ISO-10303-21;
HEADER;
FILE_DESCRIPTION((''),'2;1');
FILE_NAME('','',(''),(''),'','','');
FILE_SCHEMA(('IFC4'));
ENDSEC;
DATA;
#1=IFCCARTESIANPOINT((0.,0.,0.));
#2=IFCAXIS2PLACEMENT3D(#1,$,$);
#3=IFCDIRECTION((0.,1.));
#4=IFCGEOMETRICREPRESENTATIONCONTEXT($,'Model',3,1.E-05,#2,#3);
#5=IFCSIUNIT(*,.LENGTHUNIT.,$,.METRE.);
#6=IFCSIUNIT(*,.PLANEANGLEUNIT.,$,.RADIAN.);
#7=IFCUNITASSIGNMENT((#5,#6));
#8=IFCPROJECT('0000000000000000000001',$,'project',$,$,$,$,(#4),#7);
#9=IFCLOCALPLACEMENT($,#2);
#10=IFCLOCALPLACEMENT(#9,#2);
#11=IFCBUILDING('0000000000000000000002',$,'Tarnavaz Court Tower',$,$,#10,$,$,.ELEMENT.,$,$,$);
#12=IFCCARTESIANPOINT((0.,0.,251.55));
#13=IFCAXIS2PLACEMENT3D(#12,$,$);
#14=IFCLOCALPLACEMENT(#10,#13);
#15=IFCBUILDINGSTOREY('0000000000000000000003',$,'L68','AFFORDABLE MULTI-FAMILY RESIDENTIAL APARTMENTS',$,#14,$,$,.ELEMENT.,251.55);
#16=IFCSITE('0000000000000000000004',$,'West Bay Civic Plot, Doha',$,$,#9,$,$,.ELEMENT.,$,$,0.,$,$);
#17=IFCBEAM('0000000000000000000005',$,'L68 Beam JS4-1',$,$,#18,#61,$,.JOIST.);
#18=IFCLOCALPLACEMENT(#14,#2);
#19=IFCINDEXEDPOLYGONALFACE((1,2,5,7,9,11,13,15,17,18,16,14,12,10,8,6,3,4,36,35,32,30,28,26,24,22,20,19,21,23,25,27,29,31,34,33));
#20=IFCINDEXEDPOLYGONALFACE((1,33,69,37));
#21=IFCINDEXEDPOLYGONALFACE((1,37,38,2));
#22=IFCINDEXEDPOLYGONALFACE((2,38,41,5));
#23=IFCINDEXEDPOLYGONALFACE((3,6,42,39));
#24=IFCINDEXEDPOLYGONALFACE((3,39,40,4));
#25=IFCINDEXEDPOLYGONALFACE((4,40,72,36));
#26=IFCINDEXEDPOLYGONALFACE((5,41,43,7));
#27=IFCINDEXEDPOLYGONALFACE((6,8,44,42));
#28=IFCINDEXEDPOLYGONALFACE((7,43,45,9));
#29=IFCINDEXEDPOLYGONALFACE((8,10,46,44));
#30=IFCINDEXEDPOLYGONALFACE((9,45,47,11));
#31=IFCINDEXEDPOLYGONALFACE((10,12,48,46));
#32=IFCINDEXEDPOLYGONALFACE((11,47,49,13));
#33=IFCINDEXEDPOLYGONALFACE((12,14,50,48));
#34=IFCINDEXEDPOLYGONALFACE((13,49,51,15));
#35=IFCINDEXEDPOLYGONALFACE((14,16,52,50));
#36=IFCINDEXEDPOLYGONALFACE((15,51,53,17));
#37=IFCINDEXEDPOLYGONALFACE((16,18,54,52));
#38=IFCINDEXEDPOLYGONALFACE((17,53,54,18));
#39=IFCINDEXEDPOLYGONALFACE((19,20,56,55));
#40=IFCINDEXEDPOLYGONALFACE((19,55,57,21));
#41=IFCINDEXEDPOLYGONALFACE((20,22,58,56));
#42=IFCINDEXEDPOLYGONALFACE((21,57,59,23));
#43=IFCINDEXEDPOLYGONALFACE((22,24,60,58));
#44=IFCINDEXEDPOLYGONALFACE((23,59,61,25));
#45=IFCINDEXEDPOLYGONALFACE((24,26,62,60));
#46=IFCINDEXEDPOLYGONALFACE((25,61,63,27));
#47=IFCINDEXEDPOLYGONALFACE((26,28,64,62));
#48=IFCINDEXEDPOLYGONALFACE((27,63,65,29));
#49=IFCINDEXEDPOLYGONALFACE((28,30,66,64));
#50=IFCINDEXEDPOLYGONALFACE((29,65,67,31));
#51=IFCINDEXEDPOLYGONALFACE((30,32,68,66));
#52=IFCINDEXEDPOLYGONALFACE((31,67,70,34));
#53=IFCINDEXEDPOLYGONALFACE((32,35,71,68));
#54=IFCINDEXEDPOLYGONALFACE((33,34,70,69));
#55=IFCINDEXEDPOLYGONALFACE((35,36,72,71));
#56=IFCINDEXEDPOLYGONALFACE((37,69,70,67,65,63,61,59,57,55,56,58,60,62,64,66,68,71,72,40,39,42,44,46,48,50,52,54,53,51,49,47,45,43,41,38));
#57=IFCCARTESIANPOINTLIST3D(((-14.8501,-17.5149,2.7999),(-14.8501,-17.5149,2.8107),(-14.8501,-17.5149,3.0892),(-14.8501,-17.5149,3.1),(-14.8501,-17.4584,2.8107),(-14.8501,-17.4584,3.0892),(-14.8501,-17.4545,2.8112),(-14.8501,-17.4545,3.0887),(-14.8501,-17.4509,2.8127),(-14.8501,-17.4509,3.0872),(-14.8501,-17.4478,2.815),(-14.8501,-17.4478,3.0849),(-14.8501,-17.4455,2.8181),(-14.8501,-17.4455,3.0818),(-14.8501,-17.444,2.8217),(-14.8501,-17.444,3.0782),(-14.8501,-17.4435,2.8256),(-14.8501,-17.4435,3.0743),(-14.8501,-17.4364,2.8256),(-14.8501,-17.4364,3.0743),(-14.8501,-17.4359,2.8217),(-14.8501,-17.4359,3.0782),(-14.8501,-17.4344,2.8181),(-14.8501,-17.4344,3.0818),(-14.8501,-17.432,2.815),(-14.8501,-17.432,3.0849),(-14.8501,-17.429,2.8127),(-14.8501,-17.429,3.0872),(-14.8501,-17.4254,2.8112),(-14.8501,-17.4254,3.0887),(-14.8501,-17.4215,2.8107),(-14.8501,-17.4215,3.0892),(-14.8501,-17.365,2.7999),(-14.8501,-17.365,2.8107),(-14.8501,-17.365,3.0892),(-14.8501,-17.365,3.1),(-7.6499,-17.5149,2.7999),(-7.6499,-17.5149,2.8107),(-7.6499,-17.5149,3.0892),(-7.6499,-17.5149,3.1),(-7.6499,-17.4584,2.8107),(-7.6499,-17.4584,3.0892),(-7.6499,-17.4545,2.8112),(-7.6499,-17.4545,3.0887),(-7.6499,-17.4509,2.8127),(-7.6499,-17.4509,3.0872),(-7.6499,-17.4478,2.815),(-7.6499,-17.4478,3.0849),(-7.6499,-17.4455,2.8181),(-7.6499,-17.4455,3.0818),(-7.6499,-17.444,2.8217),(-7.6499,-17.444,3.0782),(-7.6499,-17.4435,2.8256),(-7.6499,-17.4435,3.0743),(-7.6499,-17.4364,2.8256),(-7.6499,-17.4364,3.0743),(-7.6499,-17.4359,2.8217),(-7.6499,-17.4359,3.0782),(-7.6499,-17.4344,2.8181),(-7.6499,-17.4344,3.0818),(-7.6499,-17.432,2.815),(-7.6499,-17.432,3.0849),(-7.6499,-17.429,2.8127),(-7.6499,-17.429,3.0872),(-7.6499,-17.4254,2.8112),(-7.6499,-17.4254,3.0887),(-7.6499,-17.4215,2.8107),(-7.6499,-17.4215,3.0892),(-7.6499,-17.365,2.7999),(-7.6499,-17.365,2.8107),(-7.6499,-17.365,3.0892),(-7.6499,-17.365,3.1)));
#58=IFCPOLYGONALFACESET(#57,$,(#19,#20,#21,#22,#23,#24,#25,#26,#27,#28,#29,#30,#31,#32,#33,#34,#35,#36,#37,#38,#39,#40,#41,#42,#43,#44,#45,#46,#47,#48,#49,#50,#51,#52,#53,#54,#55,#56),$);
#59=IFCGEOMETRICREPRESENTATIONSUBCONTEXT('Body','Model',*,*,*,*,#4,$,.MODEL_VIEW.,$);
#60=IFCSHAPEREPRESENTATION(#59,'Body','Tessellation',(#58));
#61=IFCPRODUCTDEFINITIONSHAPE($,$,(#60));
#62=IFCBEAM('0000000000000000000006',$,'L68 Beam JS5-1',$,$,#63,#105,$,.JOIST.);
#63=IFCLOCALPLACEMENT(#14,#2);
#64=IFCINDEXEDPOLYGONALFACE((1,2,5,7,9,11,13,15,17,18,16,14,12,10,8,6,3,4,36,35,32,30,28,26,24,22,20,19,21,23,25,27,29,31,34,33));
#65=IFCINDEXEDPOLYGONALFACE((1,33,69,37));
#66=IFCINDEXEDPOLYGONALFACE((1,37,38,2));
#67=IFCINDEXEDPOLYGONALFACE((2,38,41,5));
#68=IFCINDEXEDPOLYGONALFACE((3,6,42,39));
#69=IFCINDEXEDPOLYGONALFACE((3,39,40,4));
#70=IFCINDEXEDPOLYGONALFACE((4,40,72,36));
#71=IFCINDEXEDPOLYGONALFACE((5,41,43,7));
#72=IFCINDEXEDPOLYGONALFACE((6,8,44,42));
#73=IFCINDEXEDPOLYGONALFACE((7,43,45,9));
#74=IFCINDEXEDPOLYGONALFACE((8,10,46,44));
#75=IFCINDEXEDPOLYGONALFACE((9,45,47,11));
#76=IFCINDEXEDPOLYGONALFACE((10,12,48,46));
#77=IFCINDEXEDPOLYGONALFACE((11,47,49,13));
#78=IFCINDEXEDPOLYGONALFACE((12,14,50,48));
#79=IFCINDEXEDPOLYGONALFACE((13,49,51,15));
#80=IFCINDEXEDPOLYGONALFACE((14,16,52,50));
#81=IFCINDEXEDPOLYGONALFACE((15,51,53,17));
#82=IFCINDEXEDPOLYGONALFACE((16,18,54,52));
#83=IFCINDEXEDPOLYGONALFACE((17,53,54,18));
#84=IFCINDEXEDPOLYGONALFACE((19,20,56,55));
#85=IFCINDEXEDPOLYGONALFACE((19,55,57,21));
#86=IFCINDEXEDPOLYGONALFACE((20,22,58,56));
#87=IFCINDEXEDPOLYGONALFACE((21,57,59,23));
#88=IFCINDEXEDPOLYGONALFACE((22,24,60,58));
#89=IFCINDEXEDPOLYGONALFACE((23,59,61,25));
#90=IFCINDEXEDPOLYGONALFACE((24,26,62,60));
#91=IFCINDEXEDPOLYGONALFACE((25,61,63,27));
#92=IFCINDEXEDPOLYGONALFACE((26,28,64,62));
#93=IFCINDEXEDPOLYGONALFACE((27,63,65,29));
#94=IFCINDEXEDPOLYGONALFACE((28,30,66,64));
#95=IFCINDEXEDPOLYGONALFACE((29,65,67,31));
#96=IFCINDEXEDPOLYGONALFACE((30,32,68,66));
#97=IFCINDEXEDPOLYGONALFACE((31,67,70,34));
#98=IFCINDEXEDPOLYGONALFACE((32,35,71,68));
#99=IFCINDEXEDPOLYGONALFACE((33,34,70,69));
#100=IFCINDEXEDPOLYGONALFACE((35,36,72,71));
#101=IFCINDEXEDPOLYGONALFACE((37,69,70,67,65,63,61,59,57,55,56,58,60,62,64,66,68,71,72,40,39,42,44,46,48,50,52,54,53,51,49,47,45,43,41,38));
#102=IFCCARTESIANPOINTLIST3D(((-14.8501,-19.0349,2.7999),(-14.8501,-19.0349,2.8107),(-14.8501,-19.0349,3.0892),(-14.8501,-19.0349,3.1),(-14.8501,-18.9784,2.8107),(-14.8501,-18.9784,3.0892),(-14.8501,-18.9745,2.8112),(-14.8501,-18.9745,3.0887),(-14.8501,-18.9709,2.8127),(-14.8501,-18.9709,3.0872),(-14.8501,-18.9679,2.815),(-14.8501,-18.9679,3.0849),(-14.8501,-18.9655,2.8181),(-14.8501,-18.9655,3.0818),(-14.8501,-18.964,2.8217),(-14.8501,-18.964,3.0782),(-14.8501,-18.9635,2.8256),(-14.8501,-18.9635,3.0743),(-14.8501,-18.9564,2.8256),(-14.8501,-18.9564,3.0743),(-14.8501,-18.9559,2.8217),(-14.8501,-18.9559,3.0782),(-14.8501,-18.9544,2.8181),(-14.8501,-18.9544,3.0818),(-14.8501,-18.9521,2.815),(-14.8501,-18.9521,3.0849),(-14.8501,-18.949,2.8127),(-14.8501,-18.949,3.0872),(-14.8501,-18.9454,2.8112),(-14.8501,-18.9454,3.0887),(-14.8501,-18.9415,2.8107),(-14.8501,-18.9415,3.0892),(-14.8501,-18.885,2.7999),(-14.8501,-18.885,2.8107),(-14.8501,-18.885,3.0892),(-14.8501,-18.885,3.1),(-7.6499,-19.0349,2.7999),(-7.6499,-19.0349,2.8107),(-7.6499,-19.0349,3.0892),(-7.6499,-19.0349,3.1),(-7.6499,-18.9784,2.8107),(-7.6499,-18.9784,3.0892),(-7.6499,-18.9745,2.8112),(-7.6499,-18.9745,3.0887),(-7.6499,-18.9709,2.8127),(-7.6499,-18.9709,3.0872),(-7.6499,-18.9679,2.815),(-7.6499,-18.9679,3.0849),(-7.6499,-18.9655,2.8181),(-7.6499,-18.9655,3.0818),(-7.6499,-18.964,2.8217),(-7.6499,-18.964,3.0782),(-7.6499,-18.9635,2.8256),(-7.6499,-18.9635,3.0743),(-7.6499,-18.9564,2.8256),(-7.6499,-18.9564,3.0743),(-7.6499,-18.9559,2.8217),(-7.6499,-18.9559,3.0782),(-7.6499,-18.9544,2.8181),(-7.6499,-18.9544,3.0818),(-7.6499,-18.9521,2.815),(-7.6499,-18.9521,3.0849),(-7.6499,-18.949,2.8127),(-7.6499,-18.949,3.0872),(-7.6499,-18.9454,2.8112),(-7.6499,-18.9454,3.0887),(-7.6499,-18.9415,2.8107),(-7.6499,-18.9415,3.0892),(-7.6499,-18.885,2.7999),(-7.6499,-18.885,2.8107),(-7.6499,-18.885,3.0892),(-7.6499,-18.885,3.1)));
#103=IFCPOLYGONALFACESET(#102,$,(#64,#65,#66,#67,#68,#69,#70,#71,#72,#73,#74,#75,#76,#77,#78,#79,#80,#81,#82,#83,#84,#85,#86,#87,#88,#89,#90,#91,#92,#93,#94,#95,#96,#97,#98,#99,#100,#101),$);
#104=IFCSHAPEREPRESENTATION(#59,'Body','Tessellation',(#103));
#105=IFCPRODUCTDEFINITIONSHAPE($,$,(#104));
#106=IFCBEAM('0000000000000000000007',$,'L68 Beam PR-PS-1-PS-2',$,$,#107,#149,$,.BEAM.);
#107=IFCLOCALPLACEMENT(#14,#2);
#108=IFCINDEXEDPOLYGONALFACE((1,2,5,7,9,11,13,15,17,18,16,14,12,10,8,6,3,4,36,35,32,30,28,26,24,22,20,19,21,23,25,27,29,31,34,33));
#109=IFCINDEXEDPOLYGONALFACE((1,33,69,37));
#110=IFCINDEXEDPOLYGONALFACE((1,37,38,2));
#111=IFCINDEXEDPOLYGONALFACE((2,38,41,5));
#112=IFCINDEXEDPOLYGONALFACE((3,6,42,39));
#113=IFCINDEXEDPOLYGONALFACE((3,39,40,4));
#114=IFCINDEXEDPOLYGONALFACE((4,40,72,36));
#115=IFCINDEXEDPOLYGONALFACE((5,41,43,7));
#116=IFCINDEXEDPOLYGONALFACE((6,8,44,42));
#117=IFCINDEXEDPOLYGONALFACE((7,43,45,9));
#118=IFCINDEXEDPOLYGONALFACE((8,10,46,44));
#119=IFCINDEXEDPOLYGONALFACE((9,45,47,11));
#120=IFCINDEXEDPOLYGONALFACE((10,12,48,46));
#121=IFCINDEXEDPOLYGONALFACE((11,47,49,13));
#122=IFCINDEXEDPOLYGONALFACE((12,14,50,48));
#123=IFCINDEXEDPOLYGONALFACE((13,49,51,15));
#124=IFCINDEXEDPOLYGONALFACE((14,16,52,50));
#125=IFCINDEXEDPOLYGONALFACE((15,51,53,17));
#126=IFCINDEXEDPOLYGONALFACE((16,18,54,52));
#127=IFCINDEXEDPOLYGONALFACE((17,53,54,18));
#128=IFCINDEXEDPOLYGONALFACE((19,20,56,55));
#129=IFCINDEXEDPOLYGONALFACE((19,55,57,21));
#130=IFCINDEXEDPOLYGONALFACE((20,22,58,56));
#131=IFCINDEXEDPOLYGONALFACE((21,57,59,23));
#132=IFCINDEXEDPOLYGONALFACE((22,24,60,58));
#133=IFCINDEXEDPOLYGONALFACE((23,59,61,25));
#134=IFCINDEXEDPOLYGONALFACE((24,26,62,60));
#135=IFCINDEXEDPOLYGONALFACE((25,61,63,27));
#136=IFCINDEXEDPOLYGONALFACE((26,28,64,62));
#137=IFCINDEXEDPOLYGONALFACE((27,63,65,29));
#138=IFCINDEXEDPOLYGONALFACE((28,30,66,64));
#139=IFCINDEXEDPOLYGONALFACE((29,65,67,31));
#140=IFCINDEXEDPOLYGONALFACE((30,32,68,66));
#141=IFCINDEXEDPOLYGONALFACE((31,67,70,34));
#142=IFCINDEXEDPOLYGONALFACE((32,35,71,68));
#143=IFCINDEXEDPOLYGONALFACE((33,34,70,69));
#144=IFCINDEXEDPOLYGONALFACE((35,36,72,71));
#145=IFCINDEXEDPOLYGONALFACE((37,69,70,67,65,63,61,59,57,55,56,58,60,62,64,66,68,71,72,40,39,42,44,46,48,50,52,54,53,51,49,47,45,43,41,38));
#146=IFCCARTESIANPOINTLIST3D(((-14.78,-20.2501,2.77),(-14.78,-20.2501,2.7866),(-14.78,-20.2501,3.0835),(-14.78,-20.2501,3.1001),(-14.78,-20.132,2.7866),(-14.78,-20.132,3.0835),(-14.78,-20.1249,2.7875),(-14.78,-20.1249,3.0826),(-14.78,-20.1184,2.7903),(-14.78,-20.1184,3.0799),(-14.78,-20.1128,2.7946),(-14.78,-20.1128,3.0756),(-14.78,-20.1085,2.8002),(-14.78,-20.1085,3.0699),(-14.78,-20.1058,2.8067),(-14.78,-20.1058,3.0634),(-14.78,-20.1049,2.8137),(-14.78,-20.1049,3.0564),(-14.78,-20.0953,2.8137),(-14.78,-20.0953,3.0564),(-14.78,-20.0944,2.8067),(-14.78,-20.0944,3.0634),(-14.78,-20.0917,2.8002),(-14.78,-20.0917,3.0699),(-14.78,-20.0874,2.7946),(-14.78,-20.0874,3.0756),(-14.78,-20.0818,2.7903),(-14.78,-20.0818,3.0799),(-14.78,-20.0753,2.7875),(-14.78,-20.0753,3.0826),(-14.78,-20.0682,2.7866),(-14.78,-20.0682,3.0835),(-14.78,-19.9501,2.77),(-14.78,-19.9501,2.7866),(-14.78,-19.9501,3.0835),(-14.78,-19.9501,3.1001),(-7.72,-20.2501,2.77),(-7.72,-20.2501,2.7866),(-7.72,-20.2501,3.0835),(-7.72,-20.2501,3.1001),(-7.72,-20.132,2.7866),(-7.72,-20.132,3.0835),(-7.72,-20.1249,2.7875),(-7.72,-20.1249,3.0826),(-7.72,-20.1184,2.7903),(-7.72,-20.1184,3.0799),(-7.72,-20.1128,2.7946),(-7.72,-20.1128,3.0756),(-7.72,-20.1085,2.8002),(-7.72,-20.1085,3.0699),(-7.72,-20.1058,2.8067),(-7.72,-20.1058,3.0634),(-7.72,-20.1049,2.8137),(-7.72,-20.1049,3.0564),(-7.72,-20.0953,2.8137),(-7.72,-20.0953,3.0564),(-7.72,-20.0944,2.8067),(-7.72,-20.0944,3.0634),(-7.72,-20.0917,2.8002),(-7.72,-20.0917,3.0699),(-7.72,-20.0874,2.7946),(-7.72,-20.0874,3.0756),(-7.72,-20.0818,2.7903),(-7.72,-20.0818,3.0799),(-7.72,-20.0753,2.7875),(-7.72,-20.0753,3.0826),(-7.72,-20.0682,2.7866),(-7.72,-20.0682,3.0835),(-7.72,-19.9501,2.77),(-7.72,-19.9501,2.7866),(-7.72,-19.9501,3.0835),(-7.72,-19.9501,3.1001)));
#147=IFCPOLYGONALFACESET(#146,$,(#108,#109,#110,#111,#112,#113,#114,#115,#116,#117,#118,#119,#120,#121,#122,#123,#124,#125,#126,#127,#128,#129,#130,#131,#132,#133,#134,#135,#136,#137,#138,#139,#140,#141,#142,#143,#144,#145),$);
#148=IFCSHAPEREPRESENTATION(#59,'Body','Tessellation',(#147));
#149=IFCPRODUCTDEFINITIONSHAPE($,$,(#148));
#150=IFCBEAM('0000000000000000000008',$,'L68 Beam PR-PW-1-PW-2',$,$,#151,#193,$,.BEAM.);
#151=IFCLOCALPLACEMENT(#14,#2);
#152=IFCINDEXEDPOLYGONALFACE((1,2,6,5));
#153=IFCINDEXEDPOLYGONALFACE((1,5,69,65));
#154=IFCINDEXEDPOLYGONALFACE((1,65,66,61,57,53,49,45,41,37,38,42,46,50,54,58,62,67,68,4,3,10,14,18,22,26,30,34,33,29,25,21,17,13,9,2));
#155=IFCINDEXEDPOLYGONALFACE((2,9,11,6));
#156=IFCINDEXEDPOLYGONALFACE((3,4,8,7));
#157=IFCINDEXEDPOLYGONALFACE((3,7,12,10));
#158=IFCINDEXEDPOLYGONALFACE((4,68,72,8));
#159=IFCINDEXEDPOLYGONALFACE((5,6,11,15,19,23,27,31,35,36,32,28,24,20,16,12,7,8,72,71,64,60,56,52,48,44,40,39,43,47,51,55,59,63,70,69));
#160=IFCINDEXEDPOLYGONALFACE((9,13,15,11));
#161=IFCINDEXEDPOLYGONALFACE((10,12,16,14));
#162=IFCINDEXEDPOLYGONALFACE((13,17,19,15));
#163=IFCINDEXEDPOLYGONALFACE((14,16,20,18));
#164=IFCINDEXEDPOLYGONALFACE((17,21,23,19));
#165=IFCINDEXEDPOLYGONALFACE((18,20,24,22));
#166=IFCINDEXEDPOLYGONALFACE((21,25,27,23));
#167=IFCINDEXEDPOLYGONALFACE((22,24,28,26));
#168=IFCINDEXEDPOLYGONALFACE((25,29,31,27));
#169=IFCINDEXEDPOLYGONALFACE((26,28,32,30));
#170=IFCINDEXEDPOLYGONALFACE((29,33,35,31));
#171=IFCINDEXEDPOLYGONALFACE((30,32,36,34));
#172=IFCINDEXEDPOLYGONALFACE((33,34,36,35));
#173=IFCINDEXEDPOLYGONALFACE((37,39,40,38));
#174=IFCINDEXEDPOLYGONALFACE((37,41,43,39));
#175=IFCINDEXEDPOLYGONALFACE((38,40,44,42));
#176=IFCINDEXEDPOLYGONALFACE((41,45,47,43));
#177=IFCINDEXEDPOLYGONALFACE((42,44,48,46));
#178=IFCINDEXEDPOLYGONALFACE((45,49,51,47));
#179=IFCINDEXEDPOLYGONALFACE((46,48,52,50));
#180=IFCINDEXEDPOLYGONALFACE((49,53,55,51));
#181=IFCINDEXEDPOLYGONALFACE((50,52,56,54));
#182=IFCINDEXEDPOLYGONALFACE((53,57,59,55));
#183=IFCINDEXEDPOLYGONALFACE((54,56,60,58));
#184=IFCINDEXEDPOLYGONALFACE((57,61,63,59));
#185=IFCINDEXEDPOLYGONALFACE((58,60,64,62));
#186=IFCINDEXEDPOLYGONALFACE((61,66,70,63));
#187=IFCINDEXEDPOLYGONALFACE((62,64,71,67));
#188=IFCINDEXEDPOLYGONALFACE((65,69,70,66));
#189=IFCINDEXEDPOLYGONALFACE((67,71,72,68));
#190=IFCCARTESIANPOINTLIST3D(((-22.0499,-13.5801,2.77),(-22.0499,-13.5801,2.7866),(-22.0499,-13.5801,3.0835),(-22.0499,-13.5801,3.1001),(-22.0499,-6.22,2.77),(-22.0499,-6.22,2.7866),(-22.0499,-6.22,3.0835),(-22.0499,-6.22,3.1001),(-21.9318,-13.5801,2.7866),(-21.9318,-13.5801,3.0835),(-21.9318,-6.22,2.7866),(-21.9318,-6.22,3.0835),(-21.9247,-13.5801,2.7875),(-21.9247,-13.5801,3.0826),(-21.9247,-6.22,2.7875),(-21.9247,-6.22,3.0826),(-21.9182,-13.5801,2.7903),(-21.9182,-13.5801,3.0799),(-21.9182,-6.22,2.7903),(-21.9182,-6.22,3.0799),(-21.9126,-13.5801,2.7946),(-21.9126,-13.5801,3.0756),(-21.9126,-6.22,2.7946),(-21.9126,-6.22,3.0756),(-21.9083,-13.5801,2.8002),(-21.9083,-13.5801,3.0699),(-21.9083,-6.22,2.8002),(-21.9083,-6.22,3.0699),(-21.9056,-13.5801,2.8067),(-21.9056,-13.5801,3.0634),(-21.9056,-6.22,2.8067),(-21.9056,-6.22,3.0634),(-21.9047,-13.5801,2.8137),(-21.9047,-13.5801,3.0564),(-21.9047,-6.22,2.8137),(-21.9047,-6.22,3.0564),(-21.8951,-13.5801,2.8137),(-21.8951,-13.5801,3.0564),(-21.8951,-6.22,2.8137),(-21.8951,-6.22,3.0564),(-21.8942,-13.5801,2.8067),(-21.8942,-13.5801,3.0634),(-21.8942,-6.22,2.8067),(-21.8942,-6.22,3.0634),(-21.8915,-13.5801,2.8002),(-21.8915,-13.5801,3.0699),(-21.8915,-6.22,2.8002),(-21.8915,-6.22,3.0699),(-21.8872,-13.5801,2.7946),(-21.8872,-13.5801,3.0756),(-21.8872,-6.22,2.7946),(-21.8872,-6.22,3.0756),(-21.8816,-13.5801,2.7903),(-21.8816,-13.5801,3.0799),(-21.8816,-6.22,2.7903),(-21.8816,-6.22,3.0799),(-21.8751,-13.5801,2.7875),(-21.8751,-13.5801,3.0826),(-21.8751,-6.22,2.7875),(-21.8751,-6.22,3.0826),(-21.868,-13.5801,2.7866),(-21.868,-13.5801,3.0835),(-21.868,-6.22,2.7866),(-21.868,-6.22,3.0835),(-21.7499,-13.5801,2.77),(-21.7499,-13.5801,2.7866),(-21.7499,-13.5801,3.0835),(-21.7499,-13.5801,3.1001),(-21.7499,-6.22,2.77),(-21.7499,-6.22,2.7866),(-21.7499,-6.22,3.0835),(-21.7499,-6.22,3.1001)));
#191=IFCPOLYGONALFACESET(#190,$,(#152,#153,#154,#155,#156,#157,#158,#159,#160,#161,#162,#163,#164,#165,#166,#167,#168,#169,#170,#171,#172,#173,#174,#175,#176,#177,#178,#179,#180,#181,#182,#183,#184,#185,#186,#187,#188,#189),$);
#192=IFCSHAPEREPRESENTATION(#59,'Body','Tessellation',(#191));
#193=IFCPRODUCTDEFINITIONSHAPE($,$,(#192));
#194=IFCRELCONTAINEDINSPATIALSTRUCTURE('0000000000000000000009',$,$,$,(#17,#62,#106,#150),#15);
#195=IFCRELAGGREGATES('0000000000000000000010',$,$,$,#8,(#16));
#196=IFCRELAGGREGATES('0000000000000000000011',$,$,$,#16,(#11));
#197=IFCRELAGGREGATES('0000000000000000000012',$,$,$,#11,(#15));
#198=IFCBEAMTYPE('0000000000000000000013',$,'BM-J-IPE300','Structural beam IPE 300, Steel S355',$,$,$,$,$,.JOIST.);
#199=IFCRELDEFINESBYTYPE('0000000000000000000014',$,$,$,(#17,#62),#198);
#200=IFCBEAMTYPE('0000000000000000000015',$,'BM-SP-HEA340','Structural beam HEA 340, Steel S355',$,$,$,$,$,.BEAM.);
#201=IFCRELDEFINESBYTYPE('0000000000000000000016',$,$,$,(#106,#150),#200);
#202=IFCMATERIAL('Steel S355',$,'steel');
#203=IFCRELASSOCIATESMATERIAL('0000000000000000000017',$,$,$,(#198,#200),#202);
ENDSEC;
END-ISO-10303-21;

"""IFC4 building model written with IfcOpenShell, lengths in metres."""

from ifc_helpers import new_model, si_unit, direction, frame, origin, origin_2d, place, context, subcontext, project, spatial, i_section, extrude, material, material_profile, profile_set, type_object, element, save


model = new_model("IFC4")

# Units and contexts
model_context = context("Model", 3, precision=1e-05, world=origin(), true_north=direction((0.0, 1.0)))
body_context = subcontext(model_context, "Body", "Model", "MODEL_VIEW")
ifc_project = project(units=[si_unit("LENGTHUNIT", "METRE"), si_unit("PLANEANGLEUNIT", "RADIAN")], contexts=[model_context])

# Site, building, storey
site_placement = place(None, origin())
site = spatial("IfcSite", under=ifc_project, at=site_placement, Name="West Bay Civic Plot, Doha", CompositionType="ELEMENT", RefElevation=0.0)
building_placement = place(site_placement, origin())
building = spatial("IfcBuilding", under=site, at=building_placement, Name="Tarnavaz Court Tower", CompositionType="ELEMENT")
storey_placement = place(building_placement, frame((0.0, 0.0, 251.55)))
storey = spatial("IfcBuildingStorey", under=building, at=storey_placement, Name="L68", Description="AFFORDABLE MULTI-FAMILY RESIDENTIAL APARTMENTS", CompositionType="ELEMENT", Elevation=251.55)

# Beams
ifc_material_1 = material(Name="Steel S355", Category="steel")
ifc_material_profile_1 = material_profile(ifc_material_1, i_section(OverallWidth=0.1499, OverallDepth=0.3, WebThickness=0.0071, FlangeThickness=0.0107, FilletRadius=0.0149, at=origin_2d()), Name="IPE 300")
ifc_profile_set_1 = profile_set([ifc_material_profile_1], Name="Steel S355")
beam_type_1 = type_object("IfcBeamType", Name="BM-J-IPE300", Description="Structural beam IPE 300, Steel S355", PredefinedType="JOIST", material=ifc_profile_set_1)
for number, where, z_axis, x_axis, name in (
    (1, (-14.8501, -17.4399, 2.95), (1.0, 0.0, 0.0), (0.0, 1.0, 0.0), "L68 Beam JS4-1"),
    (2, (-14.8501, -18.96, 2.95), (1.0, 0.0, 0.0), (0.0, 1.0, 0.0), "L68 Beam JS5-1"),
):
    element("IfcBeam", number, at=place(storey_placement, frame(where, z_axis=z_axis, x_axis=x_axis)), inside=storey, type_object=beam_type_1, Name=name, PredefinedType="JOIST", context=body_context, shape_type="SweptSolid", body=[
        extrude(i_section(OverallWidth=0.1499, OverallDepth=0.3, WebThickness=0.0071, FlangeThickness=0.0107, FilletRadius=0.0149, at=origin_2d()), origin(), (0.0, 0.0, 1.0), 7.2002),
    ])
ifc_material_profile_2 = material_profile(ifc_material_1, i_section(OverallWidth=0.3, OverallDepth=0.3301, WebThickness=0.0095, FlangeThickness=0.0166, FilletRadius=0.0271, at=origin_2d()), Name="HEA 340")
ifc_profile_set_2 = profile_set([ifc_material_profile_2], Name="Steel S355")
beam_type_2 = type_object("IfcBeamType", Name="BM-SP-HEA340", Description="Structural beam HEA 340, Steel S355", PredefinedType="BEAM", material=ifc_profile_set_2)
beam_1_placement = place(storey_placement, frame((-14.78, -20.1001, 2.9351), z_axis=(1.0, 0.0, 0.0), x_axis=(0.0, 1.0, 0.0)))
element("IfcBeam", 3, at=beam_1_placement, inside=storey, type_object=beam_type_2, Name="L68 Beam PR-PS-1-PS-2", PredefinedType="BEAM", context=body_context, shape_type="SweptSolid", body=[
    extrude(i_section(OverallWidth=0.3, OverallDepth=0.3301, WebThickness=0.0095, FlangeThickness=0.0166, FilletRadius=0.0271, at=origin_2d()), origin(), (0.0, 0.0, 1.0), 7.0601),
])
beam_2_placement = place(storey_placement, frame((-21.8999, -13.5801, 2.9351), z_axis=(0.0, 1.0, 0.0), x_axis=(-1.0, 0.0, 0.0)))
element("IfcBeam", 4, at=beam_2_placement, inside=storey, type_object=beam_type_2, Name="L68 Beam PR-PW-1-PW-2", PredefinedType="BEAM", context=body_context, shape_type="SweptSolid", body=[
    extrude(i_section(OverallWidth=0.3, OverallDepth=0.3301, WebThickness=0.0095, FlangeThickness=0.0166, FilletRadius=0.0271, at=origin_2d()), origin(), (0.0, 0.0, 1.0), 7.3601),
])

save(model, "model.ifc")
